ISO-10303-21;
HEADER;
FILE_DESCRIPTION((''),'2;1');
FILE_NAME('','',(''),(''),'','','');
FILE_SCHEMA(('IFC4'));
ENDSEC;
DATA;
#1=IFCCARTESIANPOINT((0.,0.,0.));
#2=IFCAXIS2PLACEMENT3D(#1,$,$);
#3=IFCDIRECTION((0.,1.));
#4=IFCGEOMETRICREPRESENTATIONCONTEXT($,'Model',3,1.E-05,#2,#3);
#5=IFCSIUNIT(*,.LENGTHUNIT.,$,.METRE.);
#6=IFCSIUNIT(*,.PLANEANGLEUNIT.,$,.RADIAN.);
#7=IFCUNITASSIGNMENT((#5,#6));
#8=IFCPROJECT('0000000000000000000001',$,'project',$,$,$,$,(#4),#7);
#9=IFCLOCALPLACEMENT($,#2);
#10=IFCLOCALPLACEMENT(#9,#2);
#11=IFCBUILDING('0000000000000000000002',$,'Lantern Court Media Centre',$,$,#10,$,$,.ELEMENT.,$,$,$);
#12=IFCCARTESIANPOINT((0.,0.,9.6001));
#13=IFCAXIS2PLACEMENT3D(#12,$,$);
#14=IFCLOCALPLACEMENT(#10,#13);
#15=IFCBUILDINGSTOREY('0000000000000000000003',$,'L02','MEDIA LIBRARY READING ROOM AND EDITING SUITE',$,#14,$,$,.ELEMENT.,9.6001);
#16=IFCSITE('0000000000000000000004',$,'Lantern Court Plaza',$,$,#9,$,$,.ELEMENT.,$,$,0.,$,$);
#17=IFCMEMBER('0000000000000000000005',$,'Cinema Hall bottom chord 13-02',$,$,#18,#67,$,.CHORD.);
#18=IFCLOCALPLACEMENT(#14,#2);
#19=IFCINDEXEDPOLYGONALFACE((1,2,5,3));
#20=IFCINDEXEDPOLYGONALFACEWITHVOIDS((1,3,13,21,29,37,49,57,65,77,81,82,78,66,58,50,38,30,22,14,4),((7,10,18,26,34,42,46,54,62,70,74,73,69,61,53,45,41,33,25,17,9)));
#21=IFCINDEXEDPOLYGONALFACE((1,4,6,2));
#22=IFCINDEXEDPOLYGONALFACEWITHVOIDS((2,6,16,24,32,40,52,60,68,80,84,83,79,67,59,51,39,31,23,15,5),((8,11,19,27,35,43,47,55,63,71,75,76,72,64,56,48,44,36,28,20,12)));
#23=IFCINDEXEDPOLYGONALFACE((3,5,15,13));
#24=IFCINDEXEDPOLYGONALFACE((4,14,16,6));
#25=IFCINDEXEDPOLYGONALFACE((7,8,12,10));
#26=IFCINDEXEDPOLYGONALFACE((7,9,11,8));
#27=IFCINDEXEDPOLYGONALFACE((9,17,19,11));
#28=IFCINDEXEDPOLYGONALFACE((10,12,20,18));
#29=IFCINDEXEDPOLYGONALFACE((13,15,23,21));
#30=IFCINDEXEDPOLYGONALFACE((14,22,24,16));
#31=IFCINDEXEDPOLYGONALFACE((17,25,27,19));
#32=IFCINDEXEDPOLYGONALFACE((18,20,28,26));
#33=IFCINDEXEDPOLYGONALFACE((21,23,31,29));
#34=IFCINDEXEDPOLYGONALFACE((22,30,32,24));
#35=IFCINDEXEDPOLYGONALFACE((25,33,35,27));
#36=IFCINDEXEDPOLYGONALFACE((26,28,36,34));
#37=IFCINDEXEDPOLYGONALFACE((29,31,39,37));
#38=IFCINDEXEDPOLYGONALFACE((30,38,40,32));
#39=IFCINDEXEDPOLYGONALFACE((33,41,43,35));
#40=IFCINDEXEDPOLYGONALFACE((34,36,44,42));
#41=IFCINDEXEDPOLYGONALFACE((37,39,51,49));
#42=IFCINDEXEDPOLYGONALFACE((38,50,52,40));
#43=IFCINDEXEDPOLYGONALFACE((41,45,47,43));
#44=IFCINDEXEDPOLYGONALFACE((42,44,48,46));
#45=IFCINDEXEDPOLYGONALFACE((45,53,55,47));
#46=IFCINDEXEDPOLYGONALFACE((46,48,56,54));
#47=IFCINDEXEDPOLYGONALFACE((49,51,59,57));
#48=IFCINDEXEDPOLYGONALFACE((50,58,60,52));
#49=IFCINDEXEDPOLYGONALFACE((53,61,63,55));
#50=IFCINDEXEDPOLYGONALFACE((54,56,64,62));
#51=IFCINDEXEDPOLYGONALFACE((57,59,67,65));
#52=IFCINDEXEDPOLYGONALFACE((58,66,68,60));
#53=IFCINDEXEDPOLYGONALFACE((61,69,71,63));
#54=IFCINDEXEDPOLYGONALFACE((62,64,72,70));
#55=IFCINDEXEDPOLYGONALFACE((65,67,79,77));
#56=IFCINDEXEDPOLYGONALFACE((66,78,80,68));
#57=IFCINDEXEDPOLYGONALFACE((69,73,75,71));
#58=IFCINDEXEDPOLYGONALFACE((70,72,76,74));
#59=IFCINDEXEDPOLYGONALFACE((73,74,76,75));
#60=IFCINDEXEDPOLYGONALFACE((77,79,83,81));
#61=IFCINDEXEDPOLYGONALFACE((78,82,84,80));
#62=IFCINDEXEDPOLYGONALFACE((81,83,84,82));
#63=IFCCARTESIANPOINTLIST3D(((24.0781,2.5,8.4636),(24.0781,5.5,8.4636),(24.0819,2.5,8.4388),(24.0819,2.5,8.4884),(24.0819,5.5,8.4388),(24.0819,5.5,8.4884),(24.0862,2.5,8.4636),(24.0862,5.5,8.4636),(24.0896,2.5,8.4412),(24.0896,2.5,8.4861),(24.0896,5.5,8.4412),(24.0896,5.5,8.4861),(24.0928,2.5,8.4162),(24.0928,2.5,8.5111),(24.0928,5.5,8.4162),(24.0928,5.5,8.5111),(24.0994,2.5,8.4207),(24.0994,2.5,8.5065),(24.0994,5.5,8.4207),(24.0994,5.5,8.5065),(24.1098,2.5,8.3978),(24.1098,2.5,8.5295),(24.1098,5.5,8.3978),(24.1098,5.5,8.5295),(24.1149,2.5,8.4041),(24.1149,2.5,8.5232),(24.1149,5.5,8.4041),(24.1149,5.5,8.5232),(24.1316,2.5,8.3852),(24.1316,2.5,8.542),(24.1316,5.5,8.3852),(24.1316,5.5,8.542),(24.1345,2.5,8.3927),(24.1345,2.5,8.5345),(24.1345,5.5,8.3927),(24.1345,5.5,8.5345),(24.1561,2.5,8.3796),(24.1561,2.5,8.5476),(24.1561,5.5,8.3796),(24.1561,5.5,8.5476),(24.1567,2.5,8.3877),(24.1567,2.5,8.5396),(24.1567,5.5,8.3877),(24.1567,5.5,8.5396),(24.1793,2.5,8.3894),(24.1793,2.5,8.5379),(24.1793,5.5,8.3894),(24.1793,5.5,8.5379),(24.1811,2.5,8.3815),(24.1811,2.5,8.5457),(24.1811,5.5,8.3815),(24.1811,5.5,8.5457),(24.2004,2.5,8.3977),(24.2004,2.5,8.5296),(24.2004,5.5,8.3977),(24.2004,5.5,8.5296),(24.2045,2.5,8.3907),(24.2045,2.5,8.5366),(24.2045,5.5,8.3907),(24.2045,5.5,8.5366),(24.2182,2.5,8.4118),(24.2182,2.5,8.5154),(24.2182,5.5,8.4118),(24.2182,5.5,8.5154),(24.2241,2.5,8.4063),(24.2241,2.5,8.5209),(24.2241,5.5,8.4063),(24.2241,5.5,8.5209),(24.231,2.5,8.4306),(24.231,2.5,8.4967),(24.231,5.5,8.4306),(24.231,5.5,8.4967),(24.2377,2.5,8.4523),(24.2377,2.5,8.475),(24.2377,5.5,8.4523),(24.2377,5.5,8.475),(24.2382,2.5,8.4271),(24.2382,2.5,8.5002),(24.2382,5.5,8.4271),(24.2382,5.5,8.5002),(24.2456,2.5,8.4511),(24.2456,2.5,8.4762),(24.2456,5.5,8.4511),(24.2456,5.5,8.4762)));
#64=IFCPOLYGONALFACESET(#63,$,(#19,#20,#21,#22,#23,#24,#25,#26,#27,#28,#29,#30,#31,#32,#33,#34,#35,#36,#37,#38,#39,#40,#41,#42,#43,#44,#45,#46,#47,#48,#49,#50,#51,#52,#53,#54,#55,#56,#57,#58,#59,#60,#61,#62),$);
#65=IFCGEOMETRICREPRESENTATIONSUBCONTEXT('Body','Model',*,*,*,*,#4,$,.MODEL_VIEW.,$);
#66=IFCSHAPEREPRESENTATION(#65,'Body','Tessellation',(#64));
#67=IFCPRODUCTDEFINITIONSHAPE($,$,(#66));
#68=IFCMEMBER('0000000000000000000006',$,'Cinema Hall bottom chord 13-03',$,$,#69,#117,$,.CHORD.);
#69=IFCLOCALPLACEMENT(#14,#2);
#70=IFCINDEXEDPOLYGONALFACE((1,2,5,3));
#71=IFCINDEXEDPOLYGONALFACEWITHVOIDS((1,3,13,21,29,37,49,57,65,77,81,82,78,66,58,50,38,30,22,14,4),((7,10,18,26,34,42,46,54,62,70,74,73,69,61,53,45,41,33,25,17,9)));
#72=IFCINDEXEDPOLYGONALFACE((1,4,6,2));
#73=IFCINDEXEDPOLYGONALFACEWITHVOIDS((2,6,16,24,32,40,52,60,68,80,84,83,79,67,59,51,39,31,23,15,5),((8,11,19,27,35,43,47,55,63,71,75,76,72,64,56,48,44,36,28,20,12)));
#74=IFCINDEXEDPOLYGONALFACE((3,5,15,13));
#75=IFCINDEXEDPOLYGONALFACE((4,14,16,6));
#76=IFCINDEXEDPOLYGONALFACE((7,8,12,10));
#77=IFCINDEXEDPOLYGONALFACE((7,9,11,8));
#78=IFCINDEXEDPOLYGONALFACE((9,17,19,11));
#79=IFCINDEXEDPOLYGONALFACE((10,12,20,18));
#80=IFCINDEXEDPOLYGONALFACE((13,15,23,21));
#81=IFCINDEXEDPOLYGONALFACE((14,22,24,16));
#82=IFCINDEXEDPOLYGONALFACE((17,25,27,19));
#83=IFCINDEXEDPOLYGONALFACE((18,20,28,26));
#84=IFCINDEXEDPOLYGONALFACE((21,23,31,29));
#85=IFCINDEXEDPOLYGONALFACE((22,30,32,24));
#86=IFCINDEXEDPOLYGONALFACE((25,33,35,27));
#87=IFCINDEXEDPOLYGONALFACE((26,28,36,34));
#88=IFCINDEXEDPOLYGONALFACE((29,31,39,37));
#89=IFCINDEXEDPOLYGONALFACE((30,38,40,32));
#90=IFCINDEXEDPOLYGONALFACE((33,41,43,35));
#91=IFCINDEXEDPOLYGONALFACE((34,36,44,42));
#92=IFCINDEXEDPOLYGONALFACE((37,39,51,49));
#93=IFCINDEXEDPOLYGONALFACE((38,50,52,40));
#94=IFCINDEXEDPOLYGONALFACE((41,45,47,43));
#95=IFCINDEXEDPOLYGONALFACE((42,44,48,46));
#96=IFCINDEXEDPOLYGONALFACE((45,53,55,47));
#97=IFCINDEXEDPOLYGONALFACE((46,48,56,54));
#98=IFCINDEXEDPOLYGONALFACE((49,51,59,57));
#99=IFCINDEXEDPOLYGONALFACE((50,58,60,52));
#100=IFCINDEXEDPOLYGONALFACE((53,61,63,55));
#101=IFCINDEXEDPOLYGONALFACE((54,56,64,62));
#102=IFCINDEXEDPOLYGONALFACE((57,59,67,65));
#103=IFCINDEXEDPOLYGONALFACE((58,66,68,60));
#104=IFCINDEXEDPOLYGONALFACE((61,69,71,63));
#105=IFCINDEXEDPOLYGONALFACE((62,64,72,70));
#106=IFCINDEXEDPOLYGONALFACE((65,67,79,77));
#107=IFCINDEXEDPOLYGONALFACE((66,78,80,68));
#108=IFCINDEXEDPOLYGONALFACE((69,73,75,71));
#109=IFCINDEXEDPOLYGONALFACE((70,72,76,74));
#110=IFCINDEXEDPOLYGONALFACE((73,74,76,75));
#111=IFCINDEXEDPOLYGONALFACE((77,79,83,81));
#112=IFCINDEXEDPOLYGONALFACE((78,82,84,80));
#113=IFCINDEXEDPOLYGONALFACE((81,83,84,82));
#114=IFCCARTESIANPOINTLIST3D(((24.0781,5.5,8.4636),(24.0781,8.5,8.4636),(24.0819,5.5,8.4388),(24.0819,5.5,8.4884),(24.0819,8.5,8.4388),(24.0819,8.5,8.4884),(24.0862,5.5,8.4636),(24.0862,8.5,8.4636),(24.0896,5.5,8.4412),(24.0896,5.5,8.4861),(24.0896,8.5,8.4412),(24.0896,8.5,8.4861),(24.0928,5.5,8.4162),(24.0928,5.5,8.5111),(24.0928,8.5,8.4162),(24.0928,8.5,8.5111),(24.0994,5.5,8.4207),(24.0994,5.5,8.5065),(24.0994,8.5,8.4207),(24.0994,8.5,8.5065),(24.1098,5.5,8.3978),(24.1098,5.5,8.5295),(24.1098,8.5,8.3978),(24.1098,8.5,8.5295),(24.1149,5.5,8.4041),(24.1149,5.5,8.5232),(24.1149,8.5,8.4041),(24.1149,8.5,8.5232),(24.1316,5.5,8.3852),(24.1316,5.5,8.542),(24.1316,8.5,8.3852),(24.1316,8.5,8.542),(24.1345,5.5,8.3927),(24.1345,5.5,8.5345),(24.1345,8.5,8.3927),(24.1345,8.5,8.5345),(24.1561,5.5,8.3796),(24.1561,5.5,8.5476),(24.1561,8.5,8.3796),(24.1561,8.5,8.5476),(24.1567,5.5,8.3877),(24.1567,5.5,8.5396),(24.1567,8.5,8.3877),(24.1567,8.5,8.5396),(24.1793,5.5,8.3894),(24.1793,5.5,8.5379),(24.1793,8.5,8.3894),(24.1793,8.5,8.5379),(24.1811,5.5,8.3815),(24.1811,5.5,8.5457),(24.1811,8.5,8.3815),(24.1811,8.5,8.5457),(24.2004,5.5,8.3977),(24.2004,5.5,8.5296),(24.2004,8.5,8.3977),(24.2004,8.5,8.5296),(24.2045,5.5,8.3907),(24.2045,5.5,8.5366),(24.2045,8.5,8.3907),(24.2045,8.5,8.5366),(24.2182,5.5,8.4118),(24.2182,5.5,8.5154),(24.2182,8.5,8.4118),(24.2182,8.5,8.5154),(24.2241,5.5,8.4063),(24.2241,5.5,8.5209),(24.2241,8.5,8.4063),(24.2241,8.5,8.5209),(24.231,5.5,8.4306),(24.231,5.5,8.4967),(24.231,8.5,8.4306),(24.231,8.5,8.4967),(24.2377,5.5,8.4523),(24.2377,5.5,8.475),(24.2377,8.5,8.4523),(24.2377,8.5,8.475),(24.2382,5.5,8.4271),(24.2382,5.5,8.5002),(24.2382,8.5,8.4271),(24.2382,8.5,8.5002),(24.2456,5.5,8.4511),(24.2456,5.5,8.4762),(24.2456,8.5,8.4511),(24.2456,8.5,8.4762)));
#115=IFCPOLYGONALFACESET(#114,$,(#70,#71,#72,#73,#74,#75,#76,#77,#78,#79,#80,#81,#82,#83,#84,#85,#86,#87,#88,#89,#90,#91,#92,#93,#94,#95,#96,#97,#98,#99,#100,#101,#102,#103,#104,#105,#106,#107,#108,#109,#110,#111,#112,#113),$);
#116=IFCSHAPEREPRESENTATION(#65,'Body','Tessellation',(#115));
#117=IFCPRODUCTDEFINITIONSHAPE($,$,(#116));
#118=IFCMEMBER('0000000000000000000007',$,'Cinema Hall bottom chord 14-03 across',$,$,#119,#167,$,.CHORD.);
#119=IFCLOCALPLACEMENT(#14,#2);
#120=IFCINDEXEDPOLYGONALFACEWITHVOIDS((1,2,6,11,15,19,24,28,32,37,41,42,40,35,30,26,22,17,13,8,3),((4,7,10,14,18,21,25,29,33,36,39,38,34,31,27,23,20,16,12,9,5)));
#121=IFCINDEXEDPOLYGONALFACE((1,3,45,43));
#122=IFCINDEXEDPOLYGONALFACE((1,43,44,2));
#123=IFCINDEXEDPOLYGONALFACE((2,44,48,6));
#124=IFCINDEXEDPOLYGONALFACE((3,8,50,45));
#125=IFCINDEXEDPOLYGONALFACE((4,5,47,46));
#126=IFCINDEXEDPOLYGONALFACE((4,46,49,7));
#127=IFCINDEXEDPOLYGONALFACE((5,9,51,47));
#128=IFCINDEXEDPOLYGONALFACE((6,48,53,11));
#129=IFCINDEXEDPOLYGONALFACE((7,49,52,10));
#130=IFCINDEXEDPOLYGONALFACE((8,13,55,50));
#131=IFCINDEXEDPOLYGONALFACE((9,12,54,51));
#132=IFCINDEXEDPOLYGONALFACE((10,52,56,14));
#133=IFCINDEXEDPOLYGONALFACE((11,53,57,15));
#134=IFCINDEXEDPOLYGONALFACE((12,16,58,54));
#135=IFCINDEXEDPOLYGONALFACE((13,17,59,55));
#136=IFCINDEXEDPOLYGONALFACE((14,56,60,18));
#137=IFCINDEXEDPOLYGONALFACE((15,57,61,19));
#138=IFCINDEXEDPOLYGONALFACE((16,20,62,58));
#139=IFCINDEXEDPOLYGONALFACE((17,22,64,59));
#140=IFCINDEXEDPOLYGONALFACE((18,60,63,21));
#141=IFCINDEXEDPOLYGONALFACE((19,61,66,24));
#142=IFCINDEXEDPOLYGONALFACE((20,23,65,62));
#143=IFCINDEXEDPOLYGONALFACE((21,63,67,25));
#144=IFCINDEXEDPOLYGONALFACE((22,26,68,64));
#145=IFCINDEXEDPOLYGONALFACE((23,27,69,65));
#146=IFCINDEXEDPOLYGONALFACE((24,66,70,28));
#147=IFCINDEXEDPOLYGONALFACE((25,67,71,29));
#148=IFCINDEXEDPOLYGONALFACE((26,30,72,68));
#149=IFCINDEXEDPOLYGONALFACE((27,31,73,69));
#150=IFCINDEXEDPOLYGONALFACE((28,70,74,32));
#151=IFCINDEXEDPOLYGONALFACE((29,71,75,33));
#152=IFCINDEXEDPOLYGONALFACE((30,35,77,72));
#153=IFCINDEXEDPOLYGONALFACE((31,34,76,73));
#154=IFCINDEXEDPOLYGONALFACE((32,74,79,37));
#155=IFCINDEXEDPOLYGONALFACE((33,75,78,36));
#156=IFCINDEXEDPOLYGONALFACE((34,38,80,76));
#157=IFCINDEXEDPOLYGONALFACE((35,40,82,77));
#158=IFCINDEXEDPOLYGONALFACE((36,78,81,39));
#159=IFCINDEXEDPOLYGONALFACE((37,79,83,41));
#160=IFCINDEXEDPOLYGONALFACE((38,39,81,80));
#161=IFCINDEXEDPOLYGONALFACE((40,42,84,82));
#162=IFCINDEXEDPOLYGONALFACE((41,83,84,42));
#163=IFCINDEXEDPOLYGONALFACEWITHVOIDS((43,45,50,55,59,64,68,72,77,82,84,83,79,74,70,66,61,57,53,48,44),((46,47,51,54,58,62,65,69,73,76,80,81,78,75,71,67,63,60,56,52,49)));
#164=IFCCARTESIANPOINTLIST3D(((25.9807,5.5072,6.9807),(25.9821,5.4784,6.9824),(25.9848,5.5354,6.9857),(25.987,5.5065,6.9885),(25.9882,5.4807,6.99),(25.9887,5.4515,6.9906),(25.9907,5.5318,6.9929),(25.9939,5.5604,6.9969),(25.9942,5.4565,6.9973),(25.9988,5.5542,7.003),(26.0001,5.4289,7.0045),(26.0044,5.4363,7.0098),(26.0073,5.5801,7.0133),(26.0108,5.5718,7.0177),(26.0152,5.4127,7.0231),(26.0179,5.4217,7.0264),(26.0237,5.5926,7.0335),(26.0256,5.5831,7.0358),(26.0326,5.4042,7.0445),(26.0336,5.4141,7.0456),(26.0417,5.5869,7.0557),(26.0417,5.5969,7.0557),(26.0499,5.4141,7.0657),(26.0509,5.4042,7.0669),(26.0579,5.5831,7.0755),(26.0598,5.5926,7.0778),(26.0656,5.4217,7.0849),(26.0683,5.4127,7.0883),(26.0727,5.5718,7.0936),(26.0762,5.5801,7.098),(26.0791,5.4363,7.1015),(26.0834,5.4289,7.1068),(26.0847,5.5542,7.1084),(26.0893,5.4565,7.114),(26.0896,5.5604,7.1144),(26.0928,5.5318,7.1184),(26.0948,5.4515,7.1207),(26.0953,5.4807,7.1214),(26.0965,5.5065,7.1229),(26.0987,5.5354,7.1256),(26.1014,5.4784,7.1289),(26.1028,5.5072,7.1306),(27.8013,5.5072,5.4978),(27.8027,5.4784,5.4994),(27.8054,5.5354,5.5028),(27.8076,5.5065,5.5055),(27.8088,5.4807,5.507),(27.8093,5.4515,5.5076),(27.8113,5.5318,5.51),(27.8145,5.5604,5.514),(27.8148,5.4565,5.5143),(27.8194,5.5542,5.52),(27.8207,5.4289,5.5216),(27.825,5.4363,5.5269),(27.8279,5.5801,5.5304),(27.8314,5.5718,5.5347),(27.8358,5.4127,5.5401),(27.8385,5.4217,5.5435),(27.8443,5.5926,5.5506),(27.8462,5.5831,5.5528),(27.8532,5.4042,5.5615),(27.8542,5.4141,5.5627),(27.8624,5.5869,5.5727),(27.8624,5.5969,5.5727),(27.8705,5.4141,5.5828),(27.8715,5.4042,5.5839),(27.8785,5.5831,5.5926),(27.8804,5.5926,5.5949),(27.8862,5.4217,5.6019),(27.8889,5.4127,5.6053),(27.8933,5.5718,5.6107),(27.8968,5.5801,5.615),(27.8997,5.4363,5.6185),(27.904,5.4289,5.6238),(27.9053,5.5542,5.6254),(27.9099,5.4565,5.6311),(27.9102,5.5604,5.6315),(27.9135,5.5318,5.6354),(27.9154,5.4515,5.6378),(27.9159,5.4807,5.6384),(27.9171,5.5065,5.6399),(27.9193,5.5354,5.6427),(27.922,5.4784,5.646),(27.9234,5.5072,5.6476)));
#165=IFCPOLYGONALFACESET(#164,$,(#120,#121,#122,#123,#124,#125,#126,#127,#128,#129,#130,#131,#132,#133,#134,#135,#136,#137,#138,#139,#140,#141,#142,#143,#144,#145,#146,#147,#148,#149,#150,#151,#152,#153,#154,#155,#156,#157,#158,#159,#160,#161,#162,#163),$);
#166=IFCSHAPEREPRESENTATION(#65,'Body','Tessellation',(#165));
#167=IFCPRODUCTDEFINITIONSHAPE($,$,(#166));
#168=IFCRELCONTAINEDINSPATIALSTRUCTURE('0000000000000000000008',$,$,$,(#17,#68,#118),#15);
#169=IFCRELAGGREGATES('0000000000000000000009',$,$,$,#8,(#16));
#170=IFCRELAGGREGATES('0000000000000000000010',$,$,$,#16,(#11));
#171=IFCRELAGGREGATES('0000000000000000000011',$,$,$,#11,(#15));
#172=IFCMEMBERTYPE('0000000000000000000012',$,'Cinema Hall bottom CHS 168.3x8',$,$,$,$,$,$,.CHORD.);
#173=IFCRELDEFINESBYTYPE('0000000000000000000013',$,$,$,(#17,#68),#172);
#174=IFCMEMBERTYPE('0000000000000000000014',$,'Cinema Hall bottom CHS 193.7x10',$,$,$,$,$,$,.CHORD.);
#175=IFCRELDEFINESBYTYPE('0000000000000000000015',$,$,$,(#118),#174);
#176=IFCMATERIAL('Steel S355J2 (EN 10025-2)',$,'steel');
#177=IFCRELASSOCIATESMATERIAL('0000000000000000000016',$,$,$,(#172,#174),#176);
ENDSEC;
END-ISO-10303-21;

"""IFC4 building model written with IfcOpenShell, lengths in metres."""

from ifc_helpers import new_model, si_unit, direction, frame, origin, origin_2d, place, context, subcontext, project, spatial, hollow_circle, extrude, material, material_profile, profile_set, type_object, element, save


model = new_model("IFC4")

# Units and contexts
model_context = context("Model", 3, precision=1e-05, world=origin(), true_north=direction((0.0, 1.0)))
body_context = subcontext(model_context, "Body", "Model", "MODEL_VIEW")
ifc_project = project(units=[si_unit("LENGTHUNIT", "METRE"), si_unit("PLANEANGLEUNIT", "RADIAN")], contexts=[model_context])

# Site, building, storey
site_placement = place(None, origin())
site = spatial("IfcSite", under=ifc_project, at=site_placement, Name="Lantern Court Plaza", CompositionType="ELEMENT", RefElevation=0.0)
building_placement = place(site_placement, origin())
building = spatial("IfcBuilding", under=site, at=building_placement, Name="Lantern Court Media Centre", CompositionType="ELEMENT")
storey_placement = place(building_placement, frame((0.0, 0.0, 9.6001)))
storey = spatial("IfcBuildingStorey", under=building, at=storey_placement, Name="L02", Description="MEDIA LIBRARY READING ROOM AND EDITING SUITE", CompositionType="ELEMENT", Elevation=9.6001)

# Members
ifc_material = material(Name="Steel S355J2 (EN 10025-2)", Category="steel")
ifc_material_profile_1 = material_profile(ifc_material, hollow_circle(Radius=0.0842, WallThickness=0.0081, at=origin_2d()), Name="Cinema Hall bottom CHS 168.3x8")
ifc_profile_set_1 = profile_set([ifc_material_profile_1], Name="Steel S355J2 (EN 10025-2)")
member_type_1 = type_object("IfcMemberType", Name="Cinema Hall bottom CHS 168.3x8", PredefinedType="CHORD", material=ifc_profile_set_1)
for number, where, z_axis, x_axis, name in (
    (1, (24.1624, 2.5, 8.4636), (0.0, 1.0, 0.0), (-1.0, 0.0, 0.0), "Cinema Hall bottom chord 13-02"),
    (2, (24.1624, 5.5, 8.4636), (0.0, 1.0, 0.0), (-1.0, 0.0, 0.0), "Cinema Hall bottom chord 13-03"),
):
    element("IfcMember", number, at=place(storey_placement, frame(where, z_axis=z_axis, x_axis=x_axis)), inside=storey, type_object=member_type_1, Name=name, PredefinedType="CHORD", context=body_context, shape_type="SweptSolid", body=[
        extrude(hollow_circle(Radius=0.0842, WallThickness=0.0081, at=origin_2d()), origin(), (0.0, 0.0, 1.0), 3.0),
    ])
ifc_material_profile_2 = material_profile(ifc_material, hollow_circle(Radius=0.0969, WallThickness=0.01, at=origin_2d()), Name="Cinema Hall bottom CHS 193.7x10")
ifc_profile_set_2 = profile_set([ifc_material_profile_2], Name="Steel S355J2 (EN 10025-2)")
member_type_2 = type_object("IfcMemberType", Name="Cinema Hall bottom CHS 193.7x10", PredefinedType="CHORD", material=ifc_profile_set_2)
for number, where, z_axis, x_axis, name in (
    (3, (26.0417, 5.5, 7.0557), (0.775341, 0.0, -0.631543), (0.0, 1.0, 0.0), "Cinema Hall bottom chord 14-03 across"),
):
    element("IfcMember", number, at=place(storey_placement, frame(where, z_axis=z_axis, x_axis=x_axis)), inside=storey, type_object=member_type_2, Name=name, PredefinedType="CHORD", context=body_context, shape_type="SweptSolid", body=[
        extrude(hollow_circle(Radius=0.0969, WallThickness=0.01, at=origin_2d()), origin(), (0.0, 0.0, 1.0), 2.3481),
    ])

save(model, "model.ifc")
